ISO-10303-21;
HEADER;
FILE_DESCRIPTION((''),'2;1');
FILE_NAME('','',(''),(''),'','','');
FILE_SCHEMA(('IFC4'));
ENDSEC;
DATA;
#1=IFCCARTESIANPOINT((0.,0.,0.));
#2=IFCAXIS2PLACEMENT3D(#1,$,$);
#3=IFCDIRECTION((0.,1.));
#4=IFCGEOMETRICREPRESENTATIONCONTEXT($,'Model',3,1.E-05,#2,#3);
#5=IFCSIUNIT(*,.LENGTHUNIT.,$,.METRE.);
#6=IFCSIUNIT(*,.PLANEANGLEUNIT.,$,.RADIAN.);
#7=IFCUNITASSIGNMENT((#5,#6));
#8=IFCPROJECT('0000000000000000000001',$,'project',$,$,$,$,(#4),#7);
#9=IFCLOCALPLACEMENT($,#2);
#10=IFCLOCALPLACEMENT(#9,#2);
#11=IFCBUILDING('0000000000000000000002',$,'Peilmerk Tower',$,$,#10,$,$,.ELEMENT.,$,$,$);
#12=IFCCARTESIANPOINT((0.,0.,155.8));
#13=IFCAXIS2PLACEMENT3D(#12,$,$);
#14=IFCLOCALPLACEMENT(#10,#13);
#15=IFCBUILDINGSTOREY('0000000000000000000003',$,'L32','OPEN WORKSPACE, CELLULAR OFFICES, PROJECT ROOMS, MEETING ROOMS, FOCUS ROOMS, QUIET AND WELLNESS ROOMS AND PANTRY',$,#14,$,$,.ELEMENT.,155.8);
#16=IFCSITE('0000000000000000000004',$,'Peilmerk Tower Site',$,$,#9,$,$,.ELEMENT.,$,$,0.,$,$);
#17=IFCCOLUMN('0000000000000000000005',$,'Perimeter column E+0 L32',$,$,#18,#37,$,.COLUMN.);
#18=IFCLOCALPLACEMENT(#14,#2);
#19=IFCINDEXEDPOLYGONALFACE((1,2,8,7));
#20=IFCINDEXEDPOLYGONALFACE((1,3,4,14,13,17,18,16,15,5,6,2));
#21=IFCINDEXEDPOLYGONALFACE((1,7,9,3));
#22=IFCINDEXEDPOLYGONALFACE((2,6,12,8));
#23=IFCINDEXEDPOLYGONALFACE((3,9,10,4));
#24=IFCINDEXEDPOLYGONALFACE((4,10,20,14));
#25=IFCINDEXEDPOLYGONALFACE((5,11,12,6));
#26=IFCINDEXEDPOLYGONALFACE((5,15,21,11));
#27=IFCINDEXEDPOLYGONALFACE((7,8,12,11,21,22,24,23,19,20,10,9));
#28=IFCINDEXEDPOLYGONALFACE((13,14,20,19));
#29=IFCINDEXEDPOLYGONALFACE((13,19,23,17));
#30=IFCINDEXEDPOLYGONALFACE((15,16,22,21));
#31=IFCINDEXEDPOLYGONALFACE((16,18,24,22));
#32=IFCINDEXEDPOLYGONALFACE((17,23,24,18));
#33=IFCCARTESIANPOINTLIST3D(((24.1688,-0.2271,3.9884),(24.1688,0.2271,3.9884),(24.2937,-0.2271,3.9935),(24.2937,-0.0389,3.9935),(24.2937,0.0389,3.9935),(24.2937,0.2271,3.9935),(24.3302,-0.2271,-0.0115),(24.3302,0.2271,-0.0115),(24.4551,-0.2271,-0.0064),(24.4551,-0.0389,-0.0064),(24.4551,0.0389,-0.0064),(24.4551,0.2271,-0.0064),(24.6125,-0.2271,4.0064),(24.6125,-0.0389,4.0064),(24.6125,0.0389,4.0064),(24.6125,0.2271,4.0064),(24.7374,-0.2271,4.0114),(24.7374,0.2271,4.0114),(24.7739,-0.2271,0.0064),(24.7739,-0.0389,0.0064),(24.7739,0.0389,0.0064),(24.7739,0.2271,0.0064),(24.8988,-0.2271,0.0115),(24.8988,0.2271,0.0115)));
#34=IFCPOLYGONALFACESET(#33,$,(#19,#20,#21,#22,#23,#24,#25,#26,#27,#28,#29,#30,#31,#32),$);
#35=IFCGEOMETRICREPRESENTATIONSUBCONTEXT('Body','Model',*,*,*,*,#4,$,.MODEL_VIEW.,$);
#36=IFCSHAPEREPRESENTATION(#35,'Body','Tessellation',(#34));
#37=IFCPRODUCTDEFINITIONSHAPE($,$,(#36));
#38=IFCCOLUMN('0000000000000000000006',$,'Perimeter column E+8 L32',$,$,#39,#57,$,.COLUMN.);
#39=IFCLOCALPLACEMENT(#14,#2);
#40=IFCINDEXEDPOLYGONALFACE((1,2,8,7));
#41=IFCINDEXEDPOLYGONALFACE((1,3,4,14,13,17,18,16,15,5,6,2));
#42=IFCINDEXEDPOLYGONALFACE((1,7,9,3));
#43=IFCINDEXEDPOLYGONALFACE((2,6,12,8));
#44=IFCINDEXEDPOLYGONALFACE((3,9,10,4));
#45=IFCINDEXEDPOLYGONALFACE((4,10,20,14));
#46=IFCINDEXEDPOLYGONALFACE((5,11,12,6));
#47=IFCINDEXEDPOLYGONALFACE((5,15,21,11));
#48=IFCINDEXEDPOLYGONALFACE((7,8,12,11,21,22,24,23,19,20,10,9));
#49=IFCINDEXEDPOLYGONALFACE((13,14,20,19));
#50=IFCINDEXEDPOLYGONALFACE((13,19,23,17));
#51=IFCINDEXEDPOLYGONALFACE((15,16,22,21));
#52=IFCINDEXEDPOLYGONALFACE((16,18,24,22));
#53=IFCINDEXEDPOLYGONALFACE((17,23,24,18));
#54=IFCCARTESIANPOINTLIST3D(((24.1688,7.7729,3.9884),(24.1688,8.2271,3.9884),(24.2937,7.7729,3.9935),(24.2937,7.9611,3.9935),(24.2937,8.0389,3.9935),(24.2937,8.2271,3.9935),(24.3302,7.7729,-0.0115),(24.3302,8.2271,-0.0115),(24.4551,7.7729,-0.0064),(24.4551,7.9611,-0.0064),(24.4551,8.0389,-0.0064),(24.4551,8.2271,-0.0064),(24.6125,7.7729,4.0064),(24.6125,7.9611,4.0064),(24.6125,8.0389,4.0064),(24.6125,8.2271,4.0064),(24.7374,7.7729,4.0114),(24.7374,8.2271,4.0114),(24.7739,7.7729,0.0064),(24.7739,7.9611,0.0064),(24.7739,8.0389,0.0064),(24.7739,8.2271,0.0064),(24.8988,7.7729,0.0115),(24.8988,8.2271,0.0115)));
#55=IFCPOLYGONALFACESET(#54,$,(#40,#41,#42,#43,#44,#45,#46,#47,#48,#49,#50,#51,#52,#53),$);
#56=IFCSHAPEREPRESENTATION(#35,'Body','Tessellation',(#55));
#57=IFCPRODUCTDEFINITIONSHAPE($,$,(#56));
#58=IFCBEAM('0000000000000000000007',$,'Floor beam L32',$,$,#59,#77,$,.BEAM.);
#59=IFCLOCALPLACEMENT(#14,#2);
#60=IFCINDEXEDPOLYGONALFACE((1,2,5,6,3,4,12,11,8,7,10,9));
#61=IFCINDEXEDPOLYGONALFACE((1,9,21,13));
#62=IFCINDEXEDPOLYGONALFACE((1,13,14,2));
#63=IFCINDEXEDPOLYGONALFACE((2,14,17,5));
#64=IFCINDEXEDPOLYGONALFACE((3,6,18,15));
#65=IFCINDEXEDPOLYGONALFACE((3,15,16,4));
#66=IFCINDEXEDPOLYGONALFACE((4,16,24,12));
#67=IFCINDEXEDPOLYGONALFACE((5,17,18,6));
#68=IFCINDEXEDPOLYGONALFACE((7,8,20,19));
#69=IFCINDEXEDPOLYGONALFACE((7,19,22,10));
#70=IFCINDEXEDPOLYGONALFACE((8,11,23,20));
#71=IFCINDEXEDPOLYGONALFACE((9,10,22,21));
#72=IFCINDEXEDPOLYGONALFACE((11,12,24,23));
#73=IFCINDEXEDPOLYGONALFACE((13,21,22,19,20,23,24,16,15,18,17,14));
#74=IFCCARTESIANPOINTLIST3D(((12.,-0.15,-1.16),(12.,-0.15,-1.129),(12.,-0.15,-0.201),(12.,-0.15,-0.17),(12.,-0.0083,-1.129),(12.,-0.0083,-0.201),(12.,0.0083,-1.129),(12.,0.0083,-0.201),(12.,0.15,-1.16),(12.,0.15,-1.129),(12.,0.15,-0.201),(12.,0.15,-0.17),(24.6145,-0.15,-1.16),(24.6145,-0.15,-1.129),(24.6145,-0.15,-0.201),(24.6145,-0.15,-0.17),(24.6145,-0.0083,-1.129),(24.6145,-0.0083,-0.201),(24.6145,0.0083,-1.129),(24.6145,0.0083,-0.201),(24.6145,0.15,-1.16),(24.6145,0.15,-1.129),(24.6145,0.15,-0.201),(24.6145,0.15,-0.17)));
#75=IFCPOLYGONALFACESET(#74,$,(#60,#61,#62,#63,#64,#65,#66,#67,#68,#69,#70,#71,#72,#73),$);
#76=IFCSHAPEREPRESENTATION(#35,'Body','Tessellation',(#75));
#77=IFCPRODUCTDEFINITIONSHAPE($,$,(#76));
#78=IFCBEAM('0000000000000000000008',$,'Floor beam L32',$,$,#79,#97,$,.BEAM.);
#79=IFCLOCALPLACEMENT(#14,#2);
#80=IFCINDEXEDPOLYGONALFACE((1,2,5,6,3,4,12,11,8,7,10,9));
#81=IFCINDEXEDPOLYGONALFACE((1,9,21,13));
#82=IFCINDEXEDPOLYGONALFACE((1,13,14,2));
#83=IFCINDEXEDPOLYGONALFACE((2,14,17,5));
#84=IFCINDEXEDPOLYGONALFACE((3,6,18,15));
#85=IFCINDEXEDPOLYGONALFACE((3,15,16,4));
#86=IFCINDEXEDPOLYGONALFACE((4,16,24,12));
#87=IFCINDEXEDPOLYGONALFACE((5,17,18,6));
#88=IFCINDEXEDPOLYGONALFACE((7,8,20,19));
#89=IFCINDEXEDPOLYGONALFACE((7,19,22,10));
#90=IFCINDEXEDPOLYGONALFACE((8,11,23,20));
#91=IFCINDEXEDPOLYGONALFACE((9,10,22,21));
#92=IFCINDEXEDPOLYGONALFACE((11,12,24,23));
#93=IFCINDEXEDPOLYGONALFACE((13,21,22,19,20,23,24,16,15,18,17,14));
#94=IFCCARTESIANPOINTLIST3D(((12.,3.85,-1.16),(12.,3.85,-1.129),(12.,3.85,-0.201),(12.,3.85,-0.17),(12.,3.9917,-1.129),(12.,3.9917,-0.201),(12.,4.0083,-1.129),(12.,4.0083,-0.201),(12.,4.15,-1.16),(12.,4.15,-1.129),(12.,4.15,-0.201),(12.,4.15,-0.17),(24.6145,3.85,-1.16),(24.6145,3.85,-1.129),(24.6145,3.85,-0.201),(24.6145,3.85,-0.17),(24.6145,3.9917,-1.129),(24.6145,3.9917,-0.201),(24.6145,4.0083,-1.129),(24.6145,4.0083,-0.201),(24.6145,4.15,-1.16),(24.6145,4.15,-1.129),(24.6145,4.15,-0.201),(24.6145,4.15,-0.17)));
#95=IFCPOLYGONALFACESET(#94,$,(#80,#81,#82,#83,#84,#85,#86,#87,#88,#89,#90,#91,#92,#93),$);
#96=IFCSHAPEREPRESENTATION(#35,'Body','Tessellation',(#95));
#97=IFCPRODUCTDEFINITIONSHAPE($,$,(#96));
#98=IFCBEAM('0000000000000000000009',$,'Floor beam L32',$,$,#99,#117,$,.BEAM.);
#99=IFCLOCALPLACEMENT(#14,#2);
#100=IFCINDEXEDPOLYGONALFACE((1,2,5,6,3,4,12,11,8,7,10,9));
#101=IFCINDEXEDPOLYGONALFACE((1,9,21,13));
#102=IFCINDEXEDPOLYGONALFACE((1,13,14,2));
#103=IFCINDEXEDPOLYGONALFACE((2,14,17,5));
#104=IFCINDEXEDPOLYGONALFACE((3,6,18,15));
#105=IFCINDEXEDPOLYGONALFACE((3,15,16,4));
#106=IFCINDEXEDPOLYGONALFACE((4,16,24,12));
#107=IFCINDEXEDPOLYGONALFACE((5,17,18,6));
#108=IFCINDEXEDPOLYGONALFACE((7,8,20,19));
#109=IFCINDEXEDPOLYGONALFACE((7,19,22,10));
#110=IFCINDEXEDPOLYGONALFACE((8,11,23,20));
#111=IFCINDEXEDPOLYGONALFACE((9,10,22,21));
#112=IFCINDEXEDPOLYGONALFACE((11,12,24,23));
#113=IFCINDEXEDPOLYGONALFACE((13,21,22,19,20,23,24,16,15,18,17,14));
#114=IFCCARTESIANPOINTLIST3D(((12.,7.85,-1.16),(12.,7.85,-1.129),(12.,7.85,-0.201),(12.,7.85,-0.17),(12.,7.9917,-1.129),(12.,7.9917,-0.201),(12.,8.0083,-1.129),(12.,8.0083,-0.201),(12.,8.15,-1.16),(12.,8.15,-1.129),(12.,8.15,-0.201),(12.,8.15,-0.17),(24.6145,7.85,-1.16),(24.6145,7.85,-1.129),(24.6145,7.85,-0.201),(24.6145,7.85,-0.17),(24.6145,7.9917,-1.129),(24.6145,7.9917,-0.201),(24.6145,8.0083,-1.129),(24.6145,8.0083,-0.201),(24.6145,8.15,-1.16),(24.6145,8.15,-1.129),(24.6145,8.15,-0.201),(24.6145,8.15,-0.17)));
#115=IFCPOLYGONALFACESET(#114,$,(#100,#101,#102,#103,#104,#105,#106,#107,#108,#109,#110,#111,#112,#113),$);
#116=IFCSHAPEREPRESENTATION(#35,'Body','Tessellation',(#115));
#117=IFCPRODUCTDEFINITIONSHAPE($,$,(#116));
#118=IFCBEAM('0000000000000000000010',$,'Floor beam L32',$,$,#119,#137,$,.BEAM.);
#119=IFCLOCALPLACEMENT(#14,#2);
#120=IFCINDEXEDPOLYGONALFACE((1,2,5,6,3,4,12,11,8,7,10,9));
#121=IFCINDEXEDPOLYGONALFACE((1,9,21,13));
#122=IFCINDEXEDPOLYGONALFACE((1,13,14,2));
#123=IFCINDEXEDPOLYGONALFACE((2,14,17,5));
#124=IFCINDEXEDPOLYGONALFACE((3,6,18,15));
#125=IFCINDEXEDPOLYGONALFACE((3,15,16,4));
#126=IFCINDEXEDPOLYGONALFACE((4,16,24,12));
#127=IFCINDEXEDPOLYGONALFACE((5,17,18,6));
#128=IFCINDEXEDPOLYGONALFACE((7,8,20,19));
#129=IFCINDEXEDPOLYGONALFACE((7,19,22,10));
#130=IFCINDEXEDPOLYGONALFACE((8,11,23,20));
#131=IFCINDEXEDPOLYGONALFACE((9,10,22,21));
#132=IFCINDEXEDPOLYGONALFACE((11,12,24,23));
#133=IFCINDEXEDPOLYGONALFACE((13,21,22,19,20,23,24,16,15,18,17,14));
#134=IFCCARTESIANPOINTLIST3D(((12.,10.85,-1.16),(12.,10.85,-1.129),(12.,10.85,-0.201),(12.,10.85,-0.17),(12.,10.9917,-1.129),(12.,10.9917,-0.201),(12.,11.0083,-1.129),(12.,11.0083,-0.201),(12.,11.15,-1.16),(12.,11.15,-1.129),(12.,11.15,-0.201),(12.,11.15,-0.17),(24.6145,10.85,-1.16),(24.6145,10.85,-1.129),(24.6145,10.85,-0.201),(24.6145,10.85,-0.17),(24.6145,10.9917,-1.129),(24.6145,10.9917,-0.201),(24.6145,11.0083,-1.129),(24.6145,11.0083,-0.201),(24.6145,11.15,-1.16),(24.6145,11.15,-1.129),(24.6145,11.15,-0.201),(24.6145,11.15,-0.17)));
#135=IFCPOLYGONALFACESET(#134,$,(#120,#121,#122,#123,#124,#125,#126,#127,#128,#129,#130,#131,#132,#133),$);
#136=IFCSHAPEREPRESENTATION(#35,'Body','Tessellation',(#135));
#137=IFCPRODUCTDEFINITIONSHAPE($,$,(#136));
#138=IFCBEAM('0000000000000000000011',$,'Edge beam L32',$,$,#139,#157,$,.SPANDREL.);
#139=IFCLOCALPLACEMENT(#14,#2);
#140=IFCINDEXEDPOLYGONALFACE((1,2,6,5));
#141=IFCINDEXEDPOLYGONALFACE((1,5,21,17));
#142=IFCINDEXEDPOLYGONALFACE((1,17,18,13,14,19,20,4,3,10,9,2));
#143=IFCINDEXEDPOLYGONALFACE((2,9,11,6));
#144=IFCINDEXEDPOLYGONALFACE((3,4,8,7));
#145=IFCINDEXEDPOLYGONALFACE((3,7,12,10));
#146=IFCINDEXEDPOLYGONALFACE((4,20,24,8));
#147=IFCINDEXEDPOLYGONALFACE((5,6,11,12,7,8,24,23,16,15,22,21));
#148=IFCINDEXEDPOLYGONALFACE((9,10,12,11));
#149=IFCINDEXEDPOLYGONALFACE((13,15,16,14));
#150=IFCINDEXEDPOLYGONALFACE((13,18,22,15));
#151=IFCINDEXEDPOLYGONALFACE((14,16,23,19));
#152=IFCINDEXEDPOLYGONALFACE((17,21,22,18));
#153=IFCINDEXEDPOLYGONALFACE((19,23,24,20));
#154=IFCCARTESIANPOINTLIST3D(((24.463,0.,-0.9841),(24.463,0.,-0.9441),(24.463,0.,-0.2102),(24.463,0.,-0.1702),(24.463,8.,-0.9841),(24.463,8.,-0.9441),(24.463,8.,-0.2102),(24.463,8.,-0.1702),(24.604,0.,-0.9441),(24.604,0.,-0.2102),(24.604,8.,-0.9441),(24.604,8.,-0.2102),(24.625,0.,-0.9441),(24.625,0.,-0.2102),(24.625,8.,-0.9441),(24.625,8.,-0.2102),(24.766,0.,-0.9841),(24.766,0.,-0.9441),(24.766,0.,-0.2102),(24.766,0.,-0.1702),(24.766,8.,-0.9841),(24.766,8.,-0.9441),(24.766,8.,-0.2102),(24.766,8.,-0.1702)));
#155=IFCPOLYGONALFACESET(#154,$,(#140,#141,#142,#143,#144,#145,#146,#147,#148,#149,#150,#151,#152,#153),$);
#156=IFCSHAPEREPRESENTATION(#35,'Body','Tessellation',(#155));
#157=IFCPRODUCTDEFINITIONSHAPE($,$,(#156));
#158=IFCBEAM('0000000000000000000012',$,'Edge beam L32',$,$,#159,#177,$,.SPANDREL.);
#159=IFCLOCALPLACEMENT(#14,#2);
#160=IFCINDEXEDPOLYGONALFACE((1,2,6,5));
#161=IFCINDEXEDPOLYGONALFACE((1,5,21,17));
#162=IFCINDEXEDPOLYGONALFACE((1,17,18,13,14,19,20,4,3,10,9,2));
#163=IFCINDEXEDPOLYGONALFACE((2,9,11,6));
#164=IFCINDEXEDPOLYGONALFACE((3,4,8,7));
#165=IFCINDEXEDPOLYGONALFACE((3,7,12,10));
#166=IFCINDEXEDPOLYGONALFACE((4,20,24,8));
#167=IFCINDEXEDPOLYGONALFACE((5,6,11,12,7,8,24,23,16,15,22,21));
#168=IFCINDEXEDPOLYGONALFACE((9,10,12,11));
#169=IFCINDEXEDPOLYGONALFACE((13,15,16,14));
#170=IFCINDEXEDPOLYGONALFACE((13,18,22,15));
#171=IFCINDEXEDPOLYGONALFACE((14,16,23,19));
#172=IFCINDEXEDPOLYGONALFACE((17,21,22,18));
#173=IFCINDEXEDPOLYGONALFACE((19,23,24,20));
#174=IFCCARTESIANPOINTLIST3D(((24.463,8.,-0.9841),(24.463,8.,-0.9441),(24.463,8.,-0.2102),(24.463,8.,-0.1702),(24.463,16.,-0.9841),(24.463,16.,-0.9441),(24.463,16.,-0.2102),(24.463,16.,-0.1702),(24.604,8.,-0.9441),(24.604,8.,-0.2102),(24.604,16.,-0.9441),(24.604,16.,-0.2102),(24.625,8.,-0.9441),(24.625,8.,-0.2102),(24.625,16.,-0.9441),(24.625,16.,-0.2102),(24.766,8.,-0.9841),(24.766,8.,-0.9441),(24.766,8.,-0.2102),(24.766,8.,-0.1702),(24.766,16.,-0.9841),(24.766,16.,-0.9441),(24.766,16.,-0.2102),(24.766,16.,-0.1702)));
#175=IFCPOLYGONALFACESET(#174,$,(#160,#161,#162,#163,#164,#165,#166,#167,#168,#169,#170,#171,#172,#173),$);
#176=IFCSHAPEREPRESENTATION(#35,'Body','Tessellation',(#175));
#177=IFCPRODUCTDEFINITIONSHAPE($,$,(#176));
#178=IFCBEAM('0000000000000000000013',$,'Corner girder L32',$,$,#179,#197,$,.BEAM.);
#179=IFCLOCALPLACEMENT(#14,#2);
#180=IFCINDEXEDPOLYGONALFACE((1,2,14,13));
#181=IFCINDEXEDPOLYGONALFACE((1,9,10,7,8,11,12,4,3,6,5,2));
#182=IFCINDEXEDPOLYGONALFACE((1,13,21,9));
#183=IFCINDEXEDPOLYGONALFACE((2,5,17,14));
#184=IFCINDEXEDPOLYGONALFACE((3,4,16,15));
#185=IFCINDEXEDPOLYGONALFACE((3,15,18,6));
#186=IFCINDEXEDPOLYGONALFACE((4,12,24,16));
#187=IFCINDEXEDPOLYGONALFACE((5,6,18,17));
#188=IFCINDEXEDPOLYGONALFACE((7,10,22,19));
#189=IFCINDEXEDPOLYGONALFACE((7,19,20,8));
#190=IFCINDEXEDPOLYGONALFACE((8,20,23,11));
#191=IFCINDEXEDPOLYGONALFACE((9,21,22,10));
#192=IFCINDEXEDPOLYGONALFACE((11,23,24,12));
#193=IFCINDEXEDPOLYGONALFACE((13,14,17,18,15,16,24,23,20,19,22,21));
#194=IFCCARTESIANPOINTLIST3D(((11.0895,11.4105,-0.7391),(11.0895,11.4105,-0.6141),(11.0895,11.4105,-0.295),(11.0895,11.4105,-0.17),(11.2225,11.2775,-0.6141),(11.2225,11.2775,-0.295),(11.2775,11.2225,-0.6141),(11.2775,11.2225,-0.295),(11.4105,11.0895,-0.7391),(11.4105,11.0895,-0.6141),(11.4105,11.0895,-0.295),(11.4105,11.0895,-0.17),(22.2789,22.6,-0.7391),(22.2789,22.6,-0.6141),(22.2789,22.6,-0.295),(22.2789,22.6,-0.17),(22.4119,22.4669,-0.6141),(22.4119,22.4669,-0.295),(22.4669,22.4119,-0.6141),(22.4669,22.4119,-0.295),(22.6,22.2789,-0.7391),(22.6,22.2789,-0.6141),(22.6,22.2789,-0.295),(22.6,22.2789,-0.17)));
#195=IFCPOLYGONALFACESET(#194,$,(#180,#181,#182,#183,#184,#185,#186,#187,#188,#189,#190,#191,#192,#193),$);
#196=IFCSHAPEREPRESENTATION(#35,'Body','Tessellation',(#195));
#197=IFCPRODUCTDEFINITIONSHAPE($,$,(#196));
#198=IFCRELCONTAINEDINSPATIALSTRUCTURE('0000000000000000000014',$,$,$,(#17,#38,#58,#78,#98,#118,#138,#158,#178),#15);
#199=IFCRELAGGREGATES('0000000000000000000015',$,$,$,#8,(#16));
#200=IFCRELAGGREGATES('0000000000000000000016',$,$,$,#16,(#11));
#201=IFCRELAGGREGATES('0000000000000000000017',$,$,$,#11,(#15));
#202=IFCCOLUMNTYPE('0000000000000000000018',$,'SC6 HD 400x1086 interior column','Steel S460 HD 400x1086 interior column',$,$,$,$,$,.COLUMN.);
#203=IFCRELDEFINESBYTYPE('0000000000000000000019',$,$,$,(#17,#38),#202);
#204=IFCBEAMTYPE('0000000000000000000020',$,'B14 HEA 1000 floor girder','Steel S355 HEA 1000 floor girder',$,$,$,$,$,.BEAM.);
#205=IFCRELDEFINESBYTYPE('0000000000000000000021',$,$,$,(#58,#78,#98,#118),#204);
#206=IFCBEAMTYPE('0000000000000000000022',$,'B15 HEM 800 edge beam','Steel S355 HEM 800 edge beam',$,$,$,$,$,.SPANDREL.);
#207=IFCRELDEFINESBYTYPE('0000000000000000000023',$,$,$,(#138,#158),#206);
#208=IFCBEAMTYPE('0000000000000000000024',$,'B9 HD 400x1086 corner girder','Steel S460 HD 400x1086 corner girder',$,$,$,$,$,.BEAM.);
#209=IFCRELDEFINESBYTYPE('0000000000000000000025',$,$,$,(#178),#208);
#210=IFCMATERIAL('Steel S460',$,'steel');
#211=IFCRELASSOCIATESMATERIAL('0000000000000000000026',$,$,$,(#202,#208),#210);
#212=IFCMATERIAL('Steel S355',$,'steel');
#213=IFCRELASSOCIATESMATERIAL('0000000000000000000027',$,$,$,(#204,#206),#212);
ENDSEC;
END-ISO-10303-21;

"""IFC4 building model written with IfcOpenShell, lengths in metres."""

from ifc_helpers import new_model, si_unit, direction, frame, origin, origin_2d, place, context, subcontext, project, spatial, i_section, extrude, material, material_profile, profile_set, type_object, element, save


model = new_model("IFC4")

# Units and contexts
model_context = context("Model", 3, precision=1e-05, world=origin(), true_north=direction((0.0, 1.0)))
body_context = subcontext(model_context, "Body", "Model", "MODEL_VIEW")
ifc_project = project(units=[si_unit("LENGTHUNIT", "METRE"), si_unit("PLANEANGLEUNIT", "RADIAN")], contexts=[model_context])

# Site, building, storey
site_placement = place(None, origin())
site = spatial("IfcSite", under=ifc_project, at=site_placement, Name="Peilmerk Tower Site", CompositionType="ELEMENT", RefElevation=0.0)
building_placement = place(site_placement, origin())
building = spatial("IfcBuilding", under=site, at=building_placement, Name="Peilmerk Tower", CompositionType="ELEMENT")
storey_placement = place(building_placement, frame((0.0, 0.0, 155.8)))
storey = spatial("IfcBuildingStorey", under=building, at=storey_placement, Name="L32", Description="OPEN WORKSPACE, CELLULAR OFFICES, PROJECT ROOMS, MEETING ROOMS, FOCUS ROOMS, QUIET AND WELLNESS ROOMS AND PANTRY", CompositionType="ELEMENT", Elevation=155.8)

# Columns
ifc_material_1 = material(Name="Steel S460", Category="steel")
ifc_material_profile_1 = material_profile(ifc_material_1, i_section(OverallWidth=0.4541, OverallDepth=0.5691, WebThickness=0.0779, FlangeThickness=0.125, at=origin_2d()), Name="HD 400x1086")
ifc_profile_set_1 = profile_set([ifc_material_profile_1], Name="Steel S460")
column_type = type_object("IfcColumnType", Name="SC6 HD 400x1086 interior column", Description="Steel S460 HD 400x1086 interior column", PredefinedType="COLUMN", material=ifc_profile_set_1)
for number, where, z_axis, x_axis, name in (
    (1, (24.6145, 0.0, 0.0), (-0.040311, 0.0, 0.999187), (0.0, -1.0, 0.0), "Perimeter column E+0 L32"),
    (2, (24.6145, 8.0, 0.0), (-0.040311, 0.0, 0.999187), (0.0, -1.0, 0.0), "Perimeter column E+8 L32"),
):
    element("IfcColumn", number, at=place(storey_placement, frame(where, z_axis=z_axis, x_axis=x_axis)), inside=storey, type_object=column_type, Name=name, PredefinedType="COLUMN", context=body_context, shape_type="SweptSolid", body=[
        extrude(i_section(OverallWidth=0.4541, OverallDepth=0.5691, WebThickness=0.0779, FlangeThickness=0.125, at=origin_2d()), origin(), (0.0, 0.0, 1.0), 4.0032),
    ])

# Beams
ifc_material_2 = material(Name="Steel S355", Category="steel")
ifc_material_profile_2 = material_profile(ifc_material_2, i_section(OverallWidth=0.3, OverallDepth=0.99, WebThickness=0.0166, FlangeThickness=0.031, at=origin_2d()), Name="HEA 1000")
ifc_profile_set_2 = profile_set([ifc_material_profile_2], Name="Steel S355")
beam_type_1 = type_object("IfcBeamType", Name="B14 HEA 1000 floor girder", Description="Steel S355 HEA 1000 floor girder", PredefinedType="BEAM", material=ifc_profile_set_2)
for number, where, z_axis, x_axis, name in (
    (3, (12.0, 0.0, -0.665), (1.0, 0.0, 0.0), (0.0, 1.0, 0.0), "Floor beam L32"),
    (4, (12.0, 4.0, -0.665), (1.0, 0.0, 0.0), (0.0, 1.0, 0.0), "Floor beam L32"),
    (5, (12.0, 8.0, -0.665), (1.0, 0.0, 0.0), (0.0, 1.0, 0.0), "Floor beam L32"),
    (6, (12.0, 11.0, -0.665), (1.0, 0.0, 0.0), (0.0, 1.0, 0.0), "Floor beam L32"),
):
    element("IfcBeam", number, at=place(storey_placement, frame(where, z_axis=z_axis, x_axis=x_axis)), inside=storey, type_object=beam_type_1, Name=name, PredefinedType="BEAM", context=body_context, shape_type="SweptSolid", body=[
        extrude(i_section(OverallWidth=0.3, OverallDepth=0.99, WebThickness=0.0166, FlangeThickness=0.031, at=origin_2d()), origin(), (0.0, 0.0, 1.0), 12.6145),
    ])
ifc_material_profile_3 = material_profile(ifc_material_2, i_section(OverallWidth=0.303, OverallDepth=0.814, WebThickness=0.021, FlangeThickness=0.04, at=origin_2d()), Name="HEM 800")
ifc_profile_set_3 = profile_set([ifc_material_profile_3], Name="Steel S355")
beam_type_2 = type_object("IfcBeamType", Name="B15 HEM 800 edge beam", Description="Steel S355 HEM 800 edge beam", PredefinedType="SPANDREL", material=ifc_profile_set_3)
for number, where, z_axis, x_axis, name in (
    (7, (24.6145, 0.0, -0.5771), (0.0, 1.0, 0.0), (-1.0, 0.0, 0.0), "Edge beam L32"),
    (8, (24.6145, 8.0, -0.5771), (0.0, 1.0, 0.0), (-1.0, 0.0, 0.0), "Edge beam L32"),
):
    element("IfcBeam", number, at=place(storey_placement, frame(where, z_axis=z_axis, x_axis=x_axis)), inside=storey, type_object=beam_type_2, Name=name, PredefinedType="SPANDREL", context=body_context, shape_type="SweptSolid", body=[
        extrude(i_section(OverallWidth=0.303, OverallDepth=0.814, WebThickness=0.021, FlangeThickness=0.04, at=origin_2d()), origin(), (0.0, 0.0, 1.0), 8.0),
    ])
ifc_material_profile_4 = material_profile(ifc_material_1, i_section(OverallWidth=0.4541, OverallDepth=0.5691, WebThickness=0.0779, FlangeThickness=0.125, at=origin_2d()), Name="HD 400x1086")
ifc_profile_set_4 = profile_set([ifc_material_profile_4], Name="Steel S460")
beam_type_3 = type_object("IfcBeamType", Name="B9 HD 400x1086 corner girder", Description="Steel S460 HD 400x1086 corner girder", PredefinedType="BEAM", material=ifc_profile_set_4)
beam_placement = place(storey_placement, frame((11.25, 11.25, -0.4546), z_axis=(0.707107, 0.707107, 0.0), x_axis=(-0.707107, 0.707107, 0.0)))
element("IfcBeam", 9, at=beam_placement, inside=storey, type_object=beam_type_3, Name="Corner girder L32", PredefinedType="BEAM", context=body_context, shape_type="SweptSolid", body=[
    extrude(i_section(OverallWidth=0.4541, OverallDepth=0.5691, WebThickness=0.0779, FlangeThickness=0.125, at=origin_2d()), origin(), (0.0, 0.0, 1.0), 15.8242),
])

save(model, "model.ifc")
